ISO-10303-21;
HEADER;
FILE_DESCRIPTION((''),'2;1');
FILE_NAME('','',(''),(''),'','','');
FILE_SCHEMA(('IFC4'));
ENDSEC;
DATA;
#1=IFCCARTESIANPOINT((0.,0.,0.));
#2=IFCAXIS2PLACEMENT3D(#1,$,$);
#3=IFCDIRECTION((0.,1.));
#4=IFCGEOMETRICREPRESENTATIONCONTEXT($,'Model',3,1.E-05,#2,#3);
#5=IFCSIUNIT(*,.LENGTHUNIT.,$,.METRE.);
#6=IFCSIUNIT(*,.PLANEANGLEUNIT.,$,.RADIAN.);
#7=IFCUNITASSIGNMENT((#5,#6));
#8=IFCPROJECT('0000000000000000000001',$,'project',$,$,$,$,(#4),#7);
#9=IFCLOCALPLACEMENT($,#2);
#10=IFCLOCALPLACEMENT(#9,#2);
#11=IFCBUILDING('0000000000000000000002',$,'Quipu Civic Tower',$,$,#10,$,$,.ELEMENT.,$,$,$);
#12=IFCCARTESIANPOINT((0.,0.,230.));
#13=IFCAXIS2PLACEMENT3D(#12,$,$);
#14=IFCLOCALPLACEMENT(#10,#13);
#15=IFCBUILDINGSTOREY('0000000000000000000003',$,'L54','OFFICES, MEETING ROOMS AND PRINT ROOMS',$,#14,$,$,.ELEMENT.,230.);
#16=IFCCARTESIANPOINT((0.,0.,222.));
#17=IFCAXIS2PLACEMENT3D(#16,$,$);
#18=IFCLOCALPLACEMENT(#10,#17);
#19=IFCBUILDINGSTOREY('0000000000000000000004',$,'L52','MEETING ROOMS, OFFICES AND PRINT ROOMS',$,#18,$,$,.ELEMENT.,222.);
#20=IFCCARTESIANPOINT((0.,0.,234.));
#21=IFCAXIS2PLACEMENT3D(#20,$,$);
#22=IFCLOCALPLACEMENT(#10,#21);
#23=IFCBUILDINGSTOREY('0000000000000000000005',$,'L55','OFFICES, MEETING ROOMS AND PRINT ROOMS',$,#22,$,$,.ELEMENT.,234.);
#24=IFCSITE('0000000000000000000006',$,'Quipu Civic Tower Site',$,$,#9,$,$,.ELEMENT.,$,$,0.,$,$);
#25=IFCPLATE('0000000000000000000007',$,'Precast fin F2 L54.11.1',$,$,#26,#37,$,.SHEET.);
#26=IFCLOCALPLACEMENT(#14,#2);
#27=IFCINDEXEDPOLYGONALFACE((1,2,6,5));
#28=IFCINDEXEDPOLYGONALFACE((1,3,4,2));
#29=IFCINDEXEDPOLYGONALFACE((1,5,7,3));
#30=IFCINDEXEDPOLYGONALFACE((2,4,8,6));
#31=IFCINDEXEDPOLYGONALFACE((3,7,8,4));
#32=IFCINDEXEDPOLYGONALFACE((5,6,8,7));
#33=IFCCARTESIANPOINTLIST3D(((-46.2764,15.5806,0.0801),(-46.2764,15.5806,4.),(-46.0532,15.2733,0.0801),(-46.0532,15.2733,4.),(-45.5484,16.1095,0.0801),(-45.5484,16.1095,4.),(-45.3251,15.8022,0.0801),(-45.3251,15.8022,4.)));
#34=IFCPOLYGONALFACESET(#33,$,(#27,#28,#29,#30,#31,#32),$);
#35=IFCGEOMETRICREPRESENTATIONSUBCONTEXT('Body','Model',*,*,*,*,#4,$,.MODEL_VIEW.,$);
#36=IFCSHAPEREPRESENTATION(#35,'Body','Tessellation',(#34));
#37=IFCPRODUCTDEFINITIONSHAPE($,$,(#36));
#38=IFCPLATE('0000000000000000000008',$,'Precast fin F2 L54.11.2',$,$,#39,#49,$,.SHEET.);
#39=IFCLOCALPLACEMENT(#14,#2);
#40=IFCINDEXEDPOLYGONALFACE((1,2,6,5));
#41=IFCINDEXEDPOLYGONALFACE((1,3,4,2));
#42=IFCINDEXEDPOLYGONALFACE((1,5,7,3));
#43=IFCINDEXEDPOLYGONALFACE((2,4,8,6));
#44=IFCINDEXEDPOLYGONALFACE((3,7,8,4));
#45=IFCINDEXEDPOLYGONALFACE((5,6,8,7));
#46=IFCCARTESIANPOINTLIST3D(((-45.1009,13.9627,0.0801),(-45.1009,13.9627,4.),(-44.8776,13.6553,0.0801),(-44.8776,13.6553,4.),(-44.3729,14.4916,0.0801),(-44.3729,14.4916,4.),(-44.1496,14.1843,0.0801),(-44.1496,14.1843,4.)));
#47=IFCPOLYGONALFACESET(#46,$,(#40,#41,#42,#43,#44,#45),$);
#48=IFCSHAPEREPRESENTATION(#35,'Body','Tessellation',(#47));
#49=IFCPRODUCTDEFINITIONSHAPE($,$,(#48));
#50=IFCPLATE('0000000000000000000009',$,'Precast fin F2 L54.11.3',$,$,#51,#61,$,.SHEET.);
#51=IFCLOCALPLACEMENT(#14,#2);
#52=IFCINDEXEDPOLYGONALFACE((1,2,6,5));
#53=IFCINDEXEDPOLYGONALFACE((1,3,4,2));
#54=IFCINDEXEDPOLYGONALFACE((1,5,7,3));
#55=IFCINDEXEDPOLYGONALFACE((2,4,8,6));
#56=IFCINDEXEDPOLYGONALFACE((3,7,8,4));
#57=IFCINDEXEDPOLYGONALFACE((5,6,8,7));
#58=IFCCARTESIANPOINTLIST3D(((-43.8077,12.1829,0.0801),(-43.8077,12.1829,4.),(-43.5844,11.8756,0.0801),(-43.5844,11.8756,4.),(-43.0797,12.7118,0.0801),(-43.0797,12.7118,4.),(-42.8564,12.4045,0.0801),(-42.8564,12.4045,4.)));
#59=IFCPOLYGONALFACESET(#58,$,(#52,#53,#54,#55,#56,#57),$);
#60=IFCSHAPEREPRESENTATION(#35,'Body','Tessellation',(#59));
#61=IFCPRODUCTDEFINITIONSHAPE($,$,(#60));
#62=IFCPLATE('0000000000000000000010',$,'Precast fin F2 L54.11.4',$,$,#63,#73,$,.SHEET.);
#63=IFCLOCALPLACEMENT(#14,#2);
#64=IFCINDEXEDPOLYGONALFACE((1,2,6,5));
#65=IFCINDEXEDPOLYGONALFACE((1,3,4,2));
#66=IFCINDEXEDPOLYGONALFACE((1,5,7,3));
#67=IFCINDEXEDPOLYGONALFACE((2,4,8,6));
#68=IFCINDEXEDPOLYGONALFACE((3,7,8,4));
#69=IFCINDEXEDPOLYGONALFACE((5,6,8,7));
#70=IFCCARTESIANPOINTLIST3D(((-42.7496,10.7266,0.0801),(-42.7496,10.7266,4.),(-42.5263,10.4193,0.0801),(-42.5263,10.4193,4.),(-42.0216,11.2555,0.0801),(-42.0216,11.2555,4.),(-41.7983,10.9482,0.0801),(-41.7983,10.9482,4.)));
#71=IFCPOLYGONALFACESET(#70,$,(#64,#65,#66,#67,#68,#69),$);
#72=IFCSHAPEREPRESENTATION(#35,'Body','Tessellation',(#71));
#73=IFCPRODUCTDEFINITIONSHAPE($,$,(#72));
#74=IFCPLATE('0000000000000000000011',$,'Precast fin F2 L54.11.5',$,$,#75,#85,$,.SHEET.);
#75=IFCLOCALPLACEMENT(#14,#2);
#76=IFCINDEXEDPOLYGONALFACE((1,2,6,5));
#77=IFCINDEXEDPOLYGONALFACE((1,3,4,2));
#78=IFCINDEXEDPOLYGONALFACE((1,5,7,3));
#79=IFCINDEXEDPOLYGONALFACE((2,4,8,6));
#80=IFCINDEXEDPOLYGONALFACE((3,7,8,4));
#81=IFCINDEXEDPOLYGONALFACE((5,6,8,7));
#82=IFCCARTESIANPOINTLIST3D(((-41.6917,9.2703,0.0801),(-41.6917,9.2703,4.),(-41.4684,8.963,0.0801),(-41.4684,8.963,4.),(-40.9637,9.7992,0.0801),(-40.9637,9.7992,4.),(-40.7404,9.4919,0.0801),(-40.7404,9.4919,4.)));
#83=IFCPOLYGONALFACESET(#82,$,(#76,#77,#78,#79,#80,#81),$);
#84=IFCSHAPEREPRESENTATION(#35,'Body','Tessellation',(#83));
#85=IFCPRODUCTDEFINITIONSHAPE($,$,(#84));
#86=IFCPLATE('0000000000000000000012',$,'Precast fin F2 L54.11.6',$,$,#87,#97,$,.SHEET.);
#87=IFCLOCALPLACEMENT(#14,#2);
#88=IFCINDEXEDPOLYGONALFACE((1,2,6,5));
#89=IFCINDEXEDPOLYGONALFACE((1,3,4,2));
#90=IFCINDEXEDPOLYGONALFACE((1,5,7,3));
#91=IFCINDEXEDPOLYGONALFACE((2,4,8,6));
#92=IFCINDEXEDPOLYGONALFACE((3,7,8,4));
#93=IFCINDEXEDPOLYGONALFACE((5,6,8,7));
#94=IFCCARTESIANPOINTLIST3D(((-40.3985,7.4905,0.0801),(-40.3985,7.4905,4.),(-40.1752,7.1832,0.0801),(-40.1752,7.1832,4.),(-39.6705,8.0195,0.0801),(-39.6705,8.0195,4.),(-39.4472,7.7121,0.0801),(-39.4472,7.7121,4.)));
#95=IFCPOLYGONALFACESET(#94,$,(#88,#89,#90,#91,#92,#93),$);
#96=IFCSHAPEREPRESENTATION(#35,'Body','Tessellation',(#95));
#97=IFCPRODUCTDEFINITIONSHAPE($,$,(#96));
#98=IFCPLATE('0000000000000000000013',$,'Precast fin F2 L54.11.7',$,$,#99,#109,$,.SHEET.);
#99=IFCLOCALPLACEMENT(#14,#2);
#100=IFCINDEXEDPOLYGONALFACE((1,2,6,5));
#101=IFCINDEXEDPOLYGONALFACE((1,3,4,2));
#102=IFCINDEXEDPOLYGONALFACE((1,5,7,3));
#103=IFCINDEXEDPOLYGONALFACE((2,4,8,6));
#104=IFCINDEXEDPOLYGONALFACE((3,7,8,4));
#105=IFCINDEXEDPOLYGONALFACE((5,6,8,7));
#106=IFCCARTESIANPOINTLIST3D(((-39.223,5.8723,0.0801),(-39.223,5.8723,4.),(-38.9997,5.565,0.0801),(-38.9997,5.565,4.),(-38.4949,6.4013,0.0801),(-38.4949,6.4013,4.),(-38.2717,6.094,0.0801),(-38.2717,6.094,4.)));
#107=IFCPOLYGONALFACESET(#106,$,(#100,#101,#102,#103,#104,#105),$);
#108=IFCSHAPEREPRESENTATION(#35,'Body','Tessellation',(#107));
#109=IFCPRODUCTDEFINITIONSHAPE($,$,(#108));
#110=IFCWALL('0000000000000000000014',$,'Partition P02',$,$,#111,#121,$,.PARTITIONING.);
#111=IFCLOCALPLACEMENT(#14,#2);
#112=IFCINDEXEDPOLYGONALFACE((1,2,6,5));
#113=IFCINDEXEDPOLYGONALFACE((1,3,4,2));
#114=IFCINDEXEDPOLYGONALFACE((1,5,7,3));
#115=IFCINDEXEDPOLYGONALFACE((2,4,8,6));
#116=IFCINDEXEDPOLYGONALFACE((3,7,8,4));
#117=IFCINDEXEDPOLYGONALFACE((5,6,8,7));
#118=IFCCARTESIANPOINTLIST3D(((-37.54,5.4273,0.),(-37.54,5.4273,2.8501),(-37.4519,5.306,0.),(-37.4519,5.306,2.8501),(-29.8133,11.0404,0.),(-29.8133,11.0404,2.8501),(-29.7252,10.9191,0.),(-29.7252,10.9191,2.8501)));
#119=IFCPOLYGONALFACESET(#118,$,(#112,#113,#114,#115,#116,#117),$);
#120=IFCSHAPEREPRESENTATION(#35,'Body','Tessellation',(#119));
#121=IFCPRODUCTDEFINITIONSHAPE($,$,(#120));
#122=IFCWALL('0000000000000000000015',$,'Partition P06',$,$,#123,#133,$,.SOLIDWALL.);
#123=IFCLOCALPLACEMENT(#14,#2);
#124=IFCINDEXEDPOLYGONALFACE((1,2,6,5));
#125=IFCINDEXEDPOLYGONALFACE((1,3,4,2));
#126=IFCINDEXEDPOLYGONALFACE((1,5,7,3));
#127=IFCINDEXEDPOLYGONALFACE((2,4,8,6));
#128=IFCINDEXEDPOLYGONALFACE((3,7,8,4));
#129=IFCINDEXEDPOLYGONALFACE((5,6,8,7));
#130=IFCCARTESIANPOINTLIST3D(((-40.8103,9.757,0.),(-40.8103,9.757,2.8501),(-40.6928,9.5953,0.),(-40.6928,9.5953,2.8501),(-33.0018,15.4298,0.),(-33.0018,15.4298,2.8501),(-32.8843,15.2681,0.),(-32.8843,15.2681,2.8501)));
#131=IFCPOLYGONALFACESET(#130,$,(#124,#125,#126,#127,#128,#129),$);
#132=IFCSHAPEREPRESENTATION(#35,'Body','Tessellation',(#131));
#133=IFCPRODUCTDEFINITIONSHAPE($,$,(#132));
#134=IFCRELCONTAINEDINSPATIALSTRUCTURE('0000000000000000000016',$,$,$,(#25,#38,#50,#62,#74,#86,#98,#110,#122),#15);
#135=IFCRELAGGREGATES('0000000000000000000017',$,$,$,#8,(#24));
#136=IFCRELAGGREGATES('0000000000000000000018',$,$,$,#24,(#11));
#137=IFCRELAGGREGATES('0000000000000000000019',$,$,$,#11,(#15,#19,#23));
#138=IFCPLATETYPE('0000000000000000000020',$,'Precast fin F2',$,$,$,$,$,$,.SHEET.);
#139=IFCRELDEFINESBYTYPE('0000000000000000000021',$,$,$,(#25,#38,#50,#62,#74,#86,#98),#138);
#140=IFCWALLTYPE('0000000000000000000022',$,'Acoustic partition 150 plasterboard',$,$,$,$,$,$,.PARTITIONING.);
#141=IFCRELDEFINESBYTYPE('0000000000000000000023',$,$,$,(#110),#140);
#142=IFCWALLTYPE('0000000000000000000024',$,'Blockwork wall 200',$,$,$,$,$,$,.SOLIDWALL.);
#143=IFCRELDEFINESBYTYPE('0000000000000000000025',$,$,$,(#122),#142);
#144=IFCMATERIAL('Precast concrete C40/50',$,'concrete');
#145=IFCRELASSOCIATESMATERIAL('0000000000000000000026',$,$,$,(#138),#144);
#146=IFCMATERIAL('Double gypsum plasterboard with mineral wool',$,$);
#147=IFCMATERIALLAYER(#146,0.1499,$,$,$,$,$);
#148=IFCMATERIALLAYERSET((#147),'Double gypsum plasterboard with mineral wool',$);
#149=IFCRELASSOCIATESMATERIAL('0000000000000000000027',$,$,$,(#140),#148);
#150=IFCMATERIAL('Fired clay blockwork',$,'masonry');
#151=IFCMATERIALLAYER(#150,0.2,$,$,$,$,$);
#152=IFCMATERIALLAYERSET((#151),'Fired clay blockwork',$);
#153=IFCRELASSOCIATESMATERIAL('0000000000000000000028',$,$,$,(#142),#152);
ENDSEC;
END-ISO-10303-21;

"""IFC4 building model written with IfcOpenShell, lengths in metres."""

from ifc_helpers import new_model, si_unit, direction, frame, frame_2d, origin, origin_2d, place, context, subcontext, project, spatial, rectangle, extrude, material, layer, layer_set, type_object, element, save


model = new_model("IFC4")

# Units and contexts
model_context = context("Model", 3, precision=1e-05, world=origin(), true_north=direction((0.0, 1.0)))
body_context = subcontext(model_context, "Body", "Model", "MODEL_VIEW")
ifc_project = project(units=[si_unit("LENGTHUNIT", "METRE"), si_unit("PLANEANGLEUNIT", "RADIAN")], contexts=[model_context])

# Site, building, storey
site_placement = place(None, origin())
site = spatial("IfcSite", under=ifc_project, at=site_placement, Name="Quipu Civic Tower Site", CompositionType="ELEMENT", RefElevation=0.0)
building_placement = place(site_placement, origin())
building = spatial("IfcBuilding", under=site, at=building_placement, Name="Quipu Civic Tower", CompositionType="ELEMENT")
storey_1_placement = place(building_placement, frame((0.0, 0.0, 230.0)))
storey_1 = spatial("IfcBuildingStorey", under=building, at=storey_1_placement, Name="L54", Description="OFFICES, MEETING ROOMS AND PRINT ROOMS", CompositionType="ELEMENT", Elevation=230.0)

# Shared definitions
storey_2_placement = place(building_placement, frame((0.0, 0.0, 222.0)))
storey_2 = spatial("IfcBuildingStorey", under=building, at=storey_2_placement, Name="L52", Description="MEETING ROOMS, OFFICES AND PRINT ROOMS", CompositionType="ELEMENT", Elevation=222.0)

# Shared definitions
storey_3_placement = place(building_placement, frame((0.0, 0.0, 234.0)))
storey_3 = spatial("IfcBuildingStorey", under=building, at=storey_3_placement, Name="L55", Description="OFFICES, MEETING ROOMS AND PRINT ROOMS", CompositionType="ELEMENT", Elevation=234.0)

# Plates
ifc_material_1 = material(Name="Precast concrete C40/50", Category="concrete")
plate_type_1 = type_object("IfcPlateType", Name="Precast fin F2", PredefinedType="SHEET", material=ifc_material_1)
for number, where, z_axis, x_axis, name in (
    (1, (-45.8008, 15.6914, 0.0801), (0.0, 0.0, 1.0), (0.587786, -0.809017, 0.0), "Precast fin F2 L54.11.1"),
    (2, (-44.6252, 14.0735, 0.0801), (0.0, 0.0, 1.0), (0.587786, -0.809017, 0.0), "Precast fin F2 L54.11.2"),
    (3, (-43.332, 12.2937, 0.0801), (0.0, 0.0, 1.0), (0.587786, -0.809017, 0.0), "Precast fin F2 L54.11.3"),
    (4, (-42.2739, 10.8374, 0.0801), (0.0, 0.0, 1.0), (0.587786, -0.809017, 0.0), "Precast fin F2 L54.11.4"),
    (5, (-41.2161, 9.3811, 0.0801), (0.0, 0.0, 1.0), (0.587786, -0.809017, 0.0), "Precast fin F2 L54.11.5"),
    (6, (-39.9229, 7.6013, 0.0801), (0.0, 0.0, 1.0), (0.587786, -0.809017, 0.0), "Precast fin F2 L54.11.6"),
    (7, (-38.7473, 5.9832, 0.0801), (0.0, 0.0, 1.0), (0.587786, -0.809017, 0.0), "Precast fin F2 L54.11.7"),
):
    element("IfcPlate", number, at=place(storey_1_placement, frame(where, z_axis=z_axis, x_axis=x_axis)), inside=storey_1, type_object=plate_type_1, Name=name, PredefinedType="SHEET", context=body_context, shape_type="SweptSolid", body=[
        extrude(rectangle(XDim=0.3799, YDim=0.8999, at=origin_2d()), origin(), (0.0, 0.0, 1.0), 3.9199),
    ])

# Walls
ifc_material_2 = material(Name="Double gypsum plasterboard with mineral wool")
ifc_layer_1 = layer(ifc_material_2, 0.1499)
ifc_layer_set_1 = layer_set([ifc_layer_1], Name="Double gypsum plasterboard with mineral wool")
wall_type_1 = type_object("IfcWallType", Name="Acoustic partition 150 plasterboard", PredefinedType="PARTITIONING", material=ifc_layer_set_1)
wall_1_placement = place(storey_1_placement, frame((-29.7693, 10.9797, 0.0), z_axis=(0.0, 0.0, 1.0), x_axis=(-0.809049, -0.587741, 0.0)))
element("IfcWall", 8, at=wall_1_placement, inside=storey_1, type_object=wall_type_1, Name="Partition P02", PredefinedType="PARTITIONING", context=body_context, shape_type="SweptSolid", body=[
    extrude(rectangle(XDim=9.5503, YDim=0.1499, at=frame_2d((4.7751, 0.0))), origin(), (0.0, 0.0, 1.0), 2.8501),
])
ifc_material_3 = material(Name="Fired clay blockwork", Category="masonry")
ifc_layer_2 = layer(ifc_material_3, 0.2)
ifc_layer_set_2 = layer_set([ifc_layer_2], Name="Fired clay blockwork")
wall_type_2 = type_object("IfcWallType", Name="Blockwork wall 200", PredefinedType="SOLIDWALL", material=ifc_layer_set_2)
wall_2_placement = place(storey_1_placement, frame((-32.9431, 15.3489, 0.0), z_axis=(0.0, 0.0, 1.0), x_axis=(-0.809038, -0.587757, 0.0)))
element("IfcWall", 9, at=wall_2_placement, inside=storey_1, type_object=wall_type_2, Name="Partition P06", PredefinedType="SOLIDWALL", context=body_context, shape_type="SweptSolid", body=[
    extrude(rectangle(XDim=9.6516, YDim=0.2, at=frame_2d((4.8257, 0.0))), origin(), (0.0, 0.0, 1.0), 2.8501),
])

save(model, "model.ifc")
